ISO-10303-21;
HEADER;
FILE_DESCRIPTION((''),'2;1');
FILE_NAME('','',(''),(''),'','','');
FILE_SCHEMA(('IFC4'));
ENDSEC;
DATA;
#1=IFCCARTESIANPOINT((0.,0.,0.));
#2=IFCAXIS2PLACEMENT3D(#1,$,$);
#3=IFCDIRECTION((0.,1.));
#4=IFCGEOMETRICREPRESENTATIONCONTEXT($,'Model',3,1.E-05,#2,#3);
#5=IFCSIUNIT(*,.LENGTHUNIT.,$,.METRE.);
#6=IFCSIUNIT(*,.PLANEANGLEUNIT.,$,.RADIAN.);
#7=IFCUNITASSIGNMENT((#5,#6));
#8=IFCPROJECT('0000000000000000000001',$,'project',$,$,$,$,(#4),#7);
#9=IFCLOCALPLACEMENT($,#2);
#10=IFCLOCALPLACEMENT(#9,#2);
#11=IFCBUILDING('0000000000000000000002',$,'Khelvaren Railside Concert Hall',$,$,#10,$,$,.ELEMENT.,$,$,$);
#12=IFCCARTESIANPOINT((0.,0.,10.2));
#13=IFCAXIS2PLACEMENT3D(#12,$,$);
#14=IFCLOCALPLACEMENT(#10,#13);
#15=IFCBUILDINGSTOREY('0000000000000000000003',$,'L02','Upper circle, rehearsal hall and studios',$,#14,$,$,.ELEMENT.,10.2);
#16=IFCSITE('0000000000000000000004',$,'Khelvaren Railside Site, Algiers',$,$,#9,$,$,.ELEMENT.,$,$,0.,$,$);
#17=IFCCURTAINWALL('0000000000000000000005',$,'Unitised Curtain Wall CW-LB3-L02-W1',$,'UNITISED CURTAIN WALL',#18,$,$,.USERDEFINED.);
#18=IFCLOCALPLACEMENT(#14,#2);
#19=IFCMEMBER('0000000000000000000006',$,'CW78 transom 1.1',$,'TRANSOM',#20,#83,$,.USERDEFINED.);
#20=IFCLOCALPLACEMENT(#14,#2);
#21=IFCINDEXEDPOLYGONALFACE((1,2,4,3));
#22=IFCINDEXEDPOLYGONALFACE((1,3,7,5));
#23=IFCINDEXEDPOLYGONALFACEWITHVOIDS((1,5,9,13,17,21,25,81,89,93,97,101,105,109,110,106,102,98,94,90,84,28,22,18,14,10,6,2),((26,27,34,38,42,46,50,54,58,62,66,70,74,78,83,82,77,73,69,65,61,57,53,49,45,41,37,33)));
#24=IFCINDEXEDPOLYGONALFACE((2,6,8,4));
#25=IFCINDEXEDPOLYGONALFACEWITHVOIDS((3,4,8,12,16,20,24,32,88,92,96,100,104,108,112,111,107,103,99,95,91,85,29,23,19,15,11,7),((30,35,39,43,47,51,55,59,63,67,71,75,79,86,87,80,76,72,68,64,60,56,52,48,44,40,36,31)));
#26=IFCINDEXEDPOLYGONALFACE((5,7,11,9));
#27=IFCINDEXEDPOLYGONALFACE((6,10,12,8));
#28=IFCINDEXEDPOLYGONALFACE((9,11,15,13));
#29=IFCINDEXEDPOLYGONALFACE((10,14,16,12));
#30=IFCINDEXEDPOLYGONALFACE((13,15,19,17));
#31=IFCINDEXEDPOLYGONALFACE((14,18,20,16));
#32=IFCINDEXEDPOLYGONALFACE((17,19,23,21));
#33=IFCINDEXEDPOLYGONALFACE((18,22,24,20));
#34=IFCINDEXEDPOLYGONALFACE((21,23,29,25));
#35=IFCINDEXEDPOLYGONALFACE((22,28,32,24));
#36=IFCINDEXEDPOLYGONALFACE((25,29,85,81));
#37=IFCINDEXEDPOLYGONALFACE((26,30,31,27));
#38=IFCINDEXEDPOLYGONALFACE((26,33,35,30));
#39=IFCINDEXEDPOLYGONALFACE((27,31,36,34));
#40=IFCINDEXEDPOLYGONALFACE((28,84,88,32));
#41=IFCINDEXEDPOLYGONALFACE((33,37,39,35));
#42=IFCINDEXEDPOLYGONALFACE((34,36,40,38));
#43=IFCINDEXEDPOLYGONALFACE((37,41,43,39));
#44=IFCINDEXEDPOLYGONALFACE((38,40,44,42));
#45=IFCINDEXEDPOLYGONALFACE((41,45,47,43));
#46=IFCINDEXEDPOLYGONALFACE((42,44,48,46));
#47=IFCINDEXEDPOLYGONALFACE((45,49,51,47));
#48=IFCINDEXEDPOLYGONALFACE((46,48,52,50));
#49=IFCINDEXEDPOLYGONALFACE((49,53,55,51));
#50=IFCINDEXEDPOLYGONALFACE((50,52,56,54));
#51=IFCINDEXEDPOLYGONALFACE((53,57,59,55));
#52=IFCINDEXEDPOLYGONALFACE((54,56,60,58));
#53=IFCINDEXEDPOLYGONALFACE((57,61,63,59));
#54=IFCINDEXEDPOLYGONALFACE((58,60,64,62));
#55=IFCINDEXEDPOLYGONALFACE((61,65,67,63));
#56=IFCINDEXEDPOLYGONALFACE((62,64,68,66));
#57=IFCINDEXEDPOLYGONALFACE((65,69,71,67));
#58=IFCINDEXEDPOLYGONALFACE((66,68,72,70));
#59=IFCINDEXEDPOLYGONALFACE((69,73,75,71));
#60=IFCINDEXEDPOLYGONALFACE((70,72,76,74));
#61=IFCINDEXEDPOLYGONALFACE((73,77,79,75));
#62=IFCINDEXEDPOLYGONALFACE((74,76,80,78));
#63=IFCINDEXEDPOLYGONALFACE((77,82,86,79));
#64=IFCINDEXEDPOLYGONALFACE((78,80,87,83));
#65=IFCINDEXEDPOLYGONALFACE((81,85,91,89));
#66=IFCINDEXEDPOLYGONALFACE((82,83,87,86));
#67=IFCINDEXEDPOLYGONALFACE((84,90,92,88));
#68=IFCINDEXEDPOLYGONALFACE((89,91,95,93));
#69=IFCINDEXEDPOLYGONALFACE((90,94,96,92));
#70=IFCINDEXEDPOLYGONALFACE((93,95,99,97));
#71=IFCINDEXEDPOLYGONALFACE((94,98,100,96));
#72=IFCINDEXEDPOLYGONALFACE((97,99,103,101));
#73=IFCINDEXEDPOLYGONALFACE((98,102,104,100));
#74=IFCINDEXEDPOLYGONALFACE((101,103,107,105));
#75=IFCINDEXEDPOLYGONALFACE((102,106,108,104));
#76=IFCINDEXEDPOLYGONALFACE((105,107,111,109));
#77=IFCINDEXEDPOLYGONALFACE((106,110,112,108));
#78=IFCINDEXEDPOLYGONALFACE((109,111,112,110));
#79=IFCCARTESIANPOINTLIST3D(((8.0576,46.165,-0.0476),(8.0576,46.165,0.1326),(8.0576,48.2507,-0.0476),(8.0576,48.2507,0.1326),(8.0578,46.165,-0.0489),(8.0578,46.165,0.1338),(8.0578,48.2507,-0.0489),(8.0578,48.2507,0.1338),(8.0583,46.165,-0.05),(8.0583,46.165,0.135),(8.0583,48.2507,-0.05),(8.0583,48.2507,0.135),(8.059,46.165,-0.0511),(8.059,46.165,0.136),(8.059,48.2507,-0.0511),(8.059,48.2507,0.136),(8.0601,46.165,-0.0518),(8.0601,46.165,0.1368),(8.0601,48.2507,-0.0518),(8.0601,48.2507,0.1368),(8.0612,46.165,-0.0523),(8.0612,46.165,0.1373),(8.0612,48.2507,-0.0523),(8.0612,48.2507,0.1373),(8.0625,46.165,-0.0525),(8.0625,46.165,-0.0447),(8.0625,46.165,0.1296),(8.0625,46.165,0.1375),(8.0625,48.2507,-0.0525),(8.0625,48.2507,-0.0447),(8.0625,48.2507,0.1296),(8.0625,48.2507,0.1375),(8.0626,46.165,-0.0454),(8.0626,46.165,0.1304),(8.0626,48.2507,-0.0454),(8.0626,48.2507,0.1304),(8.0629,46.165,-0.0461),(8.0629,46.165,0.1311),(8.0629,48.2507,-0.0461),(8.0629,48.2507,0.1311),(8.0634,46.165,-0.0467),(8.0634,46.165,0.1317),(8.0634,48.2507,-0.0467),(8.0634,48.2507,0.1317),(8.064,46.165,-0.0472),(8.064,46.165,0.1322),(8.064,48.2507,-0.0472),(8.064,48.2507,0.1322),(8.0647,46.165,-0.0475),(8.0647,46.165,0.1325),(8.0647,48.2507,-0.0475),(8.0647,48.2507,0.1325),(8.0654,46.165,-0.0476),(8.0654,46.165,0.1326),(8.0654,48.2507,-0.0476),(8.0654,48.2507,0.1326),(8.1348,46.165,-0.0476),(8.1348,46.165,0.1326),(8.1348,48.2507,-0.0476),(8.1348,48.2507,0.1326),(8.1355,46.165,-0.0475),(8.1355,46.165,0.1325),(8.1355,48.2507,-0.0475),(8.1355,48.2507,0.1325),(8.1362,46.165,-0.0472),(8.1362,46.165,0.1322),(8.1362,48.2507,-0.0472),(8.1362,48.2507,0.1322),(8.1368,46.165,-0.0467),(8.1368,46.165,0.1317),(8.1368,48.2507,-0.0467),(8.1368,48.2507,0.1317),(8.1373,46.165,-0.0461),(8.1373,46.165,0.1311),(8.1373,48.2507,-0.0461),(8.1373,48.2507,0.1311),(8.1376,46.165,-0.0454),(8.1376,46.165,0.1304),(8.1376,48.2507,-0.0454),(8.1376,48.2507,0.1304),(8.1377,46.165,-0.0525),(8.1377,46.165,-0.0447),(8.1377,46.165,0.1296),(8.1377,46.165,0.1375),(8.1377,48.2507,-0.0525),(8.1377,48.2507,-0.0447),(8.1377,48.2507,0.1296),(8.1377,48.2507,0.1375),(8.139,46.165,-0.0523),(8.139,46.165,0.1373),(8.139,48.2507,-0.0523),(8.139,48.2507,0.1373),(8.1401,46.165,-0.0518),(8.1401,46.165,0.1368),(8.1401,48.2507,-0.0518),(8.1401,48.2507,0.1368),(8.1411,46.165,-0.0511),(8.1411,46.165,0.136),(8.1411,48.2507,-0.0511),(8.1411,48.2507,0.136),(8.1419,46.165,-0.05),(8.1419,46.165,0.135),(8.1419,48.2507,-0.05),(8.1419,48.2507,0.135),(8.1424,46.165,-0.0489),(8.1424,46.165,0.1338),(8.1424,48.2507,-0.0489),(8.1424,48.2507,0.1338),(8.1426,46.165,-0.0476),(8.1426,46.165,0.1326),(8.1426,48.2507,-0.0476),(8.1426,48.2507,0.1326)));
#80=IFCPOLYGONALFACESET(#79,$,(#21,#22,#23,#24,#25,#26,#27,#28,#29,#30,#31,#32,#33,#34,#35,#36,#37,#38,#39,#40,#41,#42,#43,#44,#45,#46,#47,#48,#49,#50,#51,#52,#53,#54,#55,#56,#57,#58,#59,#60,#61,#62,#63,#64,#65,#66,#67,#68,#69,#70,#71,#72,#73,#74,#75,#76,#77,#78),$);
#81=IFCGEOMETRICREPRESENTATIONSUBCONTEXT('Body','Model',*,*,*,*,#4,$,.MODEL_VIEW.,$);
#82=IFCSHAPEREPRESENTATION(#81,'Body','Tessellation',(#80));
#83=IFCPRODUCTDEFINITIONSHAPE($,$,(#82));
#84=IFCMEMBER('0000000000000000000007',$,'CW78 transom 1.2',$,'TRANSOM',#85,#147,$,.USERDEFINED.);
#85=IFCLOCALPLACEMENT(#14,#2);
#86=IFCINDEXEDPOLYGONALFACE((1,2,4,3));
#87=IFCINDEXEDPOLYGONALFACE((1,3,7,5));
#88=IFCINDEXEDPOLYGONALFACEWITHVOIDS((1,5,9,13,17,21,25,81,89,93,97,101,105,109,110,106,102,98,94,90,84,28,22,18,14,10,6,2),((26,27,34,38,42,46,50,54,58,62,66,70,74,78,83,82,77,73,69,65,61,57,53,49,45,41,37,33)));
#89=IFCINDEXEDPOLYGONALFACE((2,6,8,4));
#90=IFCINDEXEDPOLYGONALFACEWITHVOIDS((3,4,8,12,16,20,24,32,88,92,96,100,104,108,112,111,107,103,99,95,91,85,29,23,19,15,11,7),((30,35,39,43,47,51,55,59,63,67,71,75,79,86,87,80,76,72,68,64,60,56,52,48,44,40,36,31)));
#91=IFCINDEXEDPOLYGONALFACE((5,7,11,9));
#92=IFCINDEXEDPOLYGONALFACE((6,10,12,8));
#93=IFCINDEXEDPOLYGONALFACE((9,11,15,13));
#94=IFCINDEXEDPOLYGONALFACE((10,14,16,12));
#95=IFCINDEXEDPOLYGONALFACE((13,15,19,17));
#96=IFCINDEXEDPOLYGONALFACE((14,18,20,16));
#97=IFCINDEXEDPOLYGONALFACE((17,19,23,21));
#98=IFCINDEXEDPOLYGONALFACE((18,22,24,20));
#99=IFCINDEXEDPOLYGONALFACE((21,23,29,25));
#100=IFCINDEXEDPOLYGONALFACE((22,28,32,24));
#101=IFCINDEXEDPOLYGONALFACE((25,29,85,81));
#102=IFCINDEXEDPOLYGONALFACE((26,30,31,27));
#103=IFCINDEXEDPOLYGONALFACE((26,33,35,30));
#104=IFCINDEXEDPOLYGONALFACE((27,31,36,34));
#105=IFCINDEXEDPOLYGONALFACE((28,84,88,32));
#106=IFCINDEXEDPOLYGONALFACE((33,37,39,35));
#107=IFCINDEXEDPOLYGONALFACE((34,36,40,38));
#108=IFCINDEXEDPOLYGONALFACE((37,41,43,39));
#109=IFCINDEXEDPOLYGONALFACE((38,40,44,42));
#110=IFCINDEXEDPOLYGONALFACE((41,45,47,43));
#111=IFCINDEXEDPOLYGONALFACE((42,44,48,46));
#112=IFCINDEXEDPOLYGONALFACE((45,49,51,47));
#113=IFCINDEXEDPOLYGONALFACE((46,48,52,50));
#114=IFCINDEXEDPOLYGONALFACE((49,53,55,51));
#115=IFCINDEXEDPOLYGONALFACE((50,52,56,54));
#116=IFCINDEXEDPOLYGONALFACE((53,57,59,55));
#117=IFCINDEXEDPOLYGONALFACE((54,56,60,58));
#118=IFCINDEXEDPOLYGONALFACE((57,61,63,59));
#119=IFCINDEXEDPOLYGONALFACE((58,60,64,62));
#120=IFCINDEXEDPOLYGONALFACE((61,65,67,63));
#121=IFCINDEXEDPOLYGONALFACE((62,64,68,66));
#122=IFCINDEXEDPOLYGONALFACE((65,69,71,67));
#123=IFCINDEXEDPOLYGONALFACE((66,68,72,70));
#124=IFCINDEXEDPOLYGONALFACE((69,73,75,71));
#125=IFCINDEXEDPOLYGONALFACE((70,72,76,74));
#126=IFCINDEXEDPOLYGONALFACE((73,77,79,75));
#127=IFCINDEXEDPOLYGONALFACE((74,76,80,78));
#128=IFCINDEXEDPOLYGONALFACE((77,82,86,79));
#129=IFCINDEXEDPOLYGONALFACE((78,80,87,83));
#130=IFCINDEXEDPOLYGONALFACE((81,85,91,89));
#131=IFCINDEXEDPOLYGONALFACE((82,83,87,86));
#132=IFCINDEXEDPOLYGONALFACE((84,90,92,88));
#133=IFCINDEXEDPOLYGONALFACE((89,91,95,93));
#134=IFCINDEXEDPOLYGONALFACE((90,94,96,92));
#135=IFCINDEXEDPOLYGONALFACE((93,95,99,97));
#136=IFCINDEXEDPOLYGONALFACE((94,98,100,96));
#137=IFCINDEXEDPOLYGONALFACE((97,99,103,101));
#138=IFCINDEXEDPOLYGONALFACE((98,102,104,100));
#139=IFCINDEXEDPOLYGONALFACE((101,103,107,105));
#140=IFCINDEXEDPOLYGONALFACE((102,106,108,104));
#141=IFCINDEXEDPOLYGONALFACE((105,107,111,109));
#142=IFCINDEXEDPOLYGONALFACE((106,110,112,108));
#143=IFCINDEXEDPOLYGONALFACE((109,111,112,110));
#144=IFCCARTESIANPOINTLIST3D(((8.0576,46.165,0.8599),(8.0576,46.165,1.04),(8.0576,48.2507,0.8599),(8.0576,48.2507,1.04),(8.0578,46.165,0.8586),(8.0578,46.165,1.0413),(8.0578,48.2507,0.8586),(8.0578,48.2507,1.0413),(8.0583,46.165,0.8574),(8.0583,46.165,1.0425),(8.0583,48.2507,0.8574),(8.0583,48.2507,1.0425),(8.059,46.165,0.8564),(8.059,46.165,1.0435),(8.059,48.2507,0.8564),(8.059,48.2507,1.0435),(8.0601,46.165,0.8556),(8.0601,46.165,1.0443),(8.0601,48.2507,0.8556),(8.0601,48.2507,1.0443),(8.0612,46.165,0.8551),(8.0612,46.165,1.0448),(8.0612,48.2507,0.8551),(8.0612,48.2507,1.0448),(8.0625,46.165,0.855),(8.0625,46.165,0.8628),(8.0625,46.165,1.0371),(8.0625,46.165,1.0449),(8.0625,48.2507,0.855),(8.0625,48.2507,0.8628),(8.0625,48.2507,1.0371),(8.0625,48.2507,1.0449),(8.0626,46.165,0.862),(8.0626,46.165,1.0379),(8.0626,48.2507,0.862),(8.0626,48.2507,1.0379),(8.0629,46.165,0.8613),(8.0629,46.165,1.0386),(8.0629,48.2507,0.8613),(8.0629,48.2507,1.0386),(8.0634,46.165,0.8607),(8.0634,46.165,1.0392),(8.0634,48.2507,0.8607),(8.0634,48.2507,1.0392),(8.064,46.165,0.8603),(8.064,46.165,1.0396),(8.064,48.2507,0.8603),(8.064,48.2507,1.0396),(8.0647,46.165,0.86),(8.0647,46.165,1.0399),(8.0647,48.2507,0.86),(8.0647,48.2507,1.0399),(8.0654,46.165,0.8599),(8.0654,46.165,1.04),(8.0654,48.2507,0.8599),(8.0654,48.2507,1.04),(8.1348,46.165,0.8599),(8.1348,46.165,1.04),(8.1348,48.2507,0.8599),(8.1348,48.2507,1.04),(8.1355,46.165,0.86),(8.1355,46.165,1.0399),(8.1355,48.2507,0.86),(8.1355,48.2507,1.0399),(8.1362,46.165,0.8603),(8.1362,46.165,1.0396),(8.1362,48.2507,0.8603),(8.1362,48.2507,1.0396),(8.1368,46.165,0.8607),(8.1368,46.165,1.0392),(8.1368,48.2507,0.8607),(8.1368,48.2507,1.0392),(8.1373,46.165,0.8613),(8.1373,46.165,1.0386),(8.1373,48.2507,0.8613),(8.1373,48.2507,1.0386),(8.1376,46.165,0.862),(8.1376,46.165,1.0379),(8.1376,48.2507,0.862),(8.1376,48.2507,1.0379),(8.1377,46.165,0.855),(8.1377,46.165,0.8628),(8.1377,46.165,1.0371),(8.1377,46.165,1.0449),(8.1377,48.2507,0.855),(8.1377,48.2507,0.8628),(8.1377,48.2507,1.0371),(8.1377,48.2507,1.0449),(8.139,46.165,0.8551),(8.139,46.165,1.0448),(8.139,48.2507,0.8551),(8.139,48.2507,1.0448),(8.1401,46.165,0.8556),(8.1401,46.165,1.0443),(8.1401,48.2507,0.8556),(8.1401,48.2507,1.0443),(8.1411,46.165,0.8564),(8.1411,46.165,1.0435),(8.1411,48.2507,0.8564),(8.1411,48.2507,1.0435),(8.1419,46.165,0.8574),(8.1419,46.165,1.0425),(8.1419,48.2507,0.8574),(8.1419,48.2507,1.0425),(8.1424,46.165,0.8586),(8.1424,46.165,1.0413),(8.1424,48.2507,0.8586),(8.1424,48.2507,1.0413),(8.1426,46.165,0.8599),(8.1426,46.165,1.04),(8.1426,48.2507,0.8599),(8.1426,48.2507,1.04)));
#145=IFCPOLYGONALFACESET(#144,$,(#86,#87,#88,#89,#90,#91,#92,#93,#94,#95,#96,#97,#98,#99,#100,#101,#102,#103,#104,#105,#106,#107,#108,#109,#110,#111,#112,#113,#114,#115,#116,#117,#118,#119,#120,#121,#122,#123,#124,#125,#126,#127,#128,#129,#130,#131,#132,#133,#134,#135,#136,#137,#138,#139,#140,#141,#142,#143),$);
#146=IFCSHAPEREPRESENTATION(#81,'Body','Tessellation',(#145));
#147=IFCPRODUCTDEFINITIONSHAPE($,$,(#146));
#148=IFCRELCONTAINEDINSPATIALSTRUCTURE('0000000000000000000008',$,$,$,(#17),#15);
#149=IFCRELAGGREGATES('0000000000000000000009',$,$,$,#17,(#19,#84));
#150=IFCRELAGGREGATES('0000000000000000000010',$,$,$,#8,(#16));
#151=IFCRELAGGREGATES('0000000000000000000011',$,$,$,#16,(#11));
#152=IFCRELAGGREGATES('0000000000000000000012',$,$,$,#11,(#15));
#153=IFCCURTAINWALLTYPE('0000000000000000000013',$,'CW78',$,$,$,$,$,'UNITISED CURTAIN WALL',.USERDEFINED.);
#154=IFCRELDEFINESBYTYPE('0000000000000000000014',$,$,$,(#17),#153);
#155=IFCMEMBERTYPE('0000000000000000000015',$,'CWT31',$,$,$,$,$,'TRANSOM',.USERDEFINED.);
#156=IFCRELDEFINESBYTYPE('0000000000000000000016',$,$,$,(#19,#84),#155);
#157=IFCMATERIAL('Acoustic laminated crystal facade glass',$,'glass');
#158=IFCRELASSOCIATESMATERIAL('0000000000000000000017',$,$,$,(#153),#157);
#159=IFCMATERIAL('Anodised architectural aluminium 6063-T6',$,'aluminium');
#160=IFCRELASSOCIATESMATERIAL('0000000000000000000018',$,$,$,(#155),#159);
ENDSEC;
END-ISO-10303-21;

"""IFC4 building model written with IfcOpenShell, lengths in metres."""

from ifc_helpers import new_model, si_unit, direction, frame, origin, origin_2d, place, context, subcontext, project, spatial, hollow_rectangle, extrude, material, material_profile, profile_set, type_object, element, aggregate, save


model = new_model("IFC4")

# Units and contexts
model_context = context("Model", 3, precision=1e-05, world=origin(), true_north=direction((0.0, 1.0)))
body_context = subcontext(model_context, "Body", "Model", "MODEL_VIEW")
ifc_project = project(units=[si_unit("LENGTHUNIT", "METRE"), si_unit("PLANEANGLEUNIT", "RADIAN")], contexts=[model_context])

# Site, building, storey
site_placement = place(None, origin())
site = spatial("IfcSite", under=ifc_project, at=site_placement, Name="Khelvaren Railside Site, Algiers", CompositionType="ELEMENT", RefElevation=0.0)
building_placement = place(site_placement, origin())
building = spatial("IfcBuilding", under=site, at=building_placement, Name="Khelvaren Railside Concert Hall", CompositionType="ELEMENT")
storey_placement = place(building_placement, frame((0.0, 0.0, 10.2)))
storey = spatial("IfcBuildingStorey", under=building, at=storey_placement, Name="L02", Description="Upper circle, rehearsal hall and studios", CompositionType="ELEMENT", Elevation=10.2)

# Curtain wall, members
ifc_material_1 = material(Name="Acoustic laminated crystal facade glass", Category="glass")
curtain_wall_type = type_object("IfcCurtainWallType", Name="CW78", ElementType="UNITISED CURTAIN WALL", PredefinedType="USERDEFINED", material=ifc_material_1)
curtain_wall_placement = place(storey_placement, origin())
curtain_wall = element("IfcCurtainWall", 1, at=curtain_wall_placement, inside=storey, type_object=curtain_wall_type, Name="Unitised Curtain Wall CW-LB3-L02-W1", ObjectType="UNITISED CURTAIN WALL", PredefinedType="USERDEFINED")
ifc_material_2 = material(Name="Anodised architectural aluminium 6063-T6", Category="aluminium")
ifc_material_profile_1 = material_profile(ifc_material_2, hollow_rectangle(XDim=0.085, YDim=0.1899, WallThickness=0.0049, InnerFilletRadius=0.0029, OuterFilletRadius=0.0049, at=origin_2d()), Name="CWT 85x190x5")
ifc_profile_set_1 = profile_set([ifc_material_profile_1], Name="Anodised architectural aluminium 6063-T6")
member_type_1 = type_object("IfcMemberType", Name="CWT31", ElementType="TRANSOM", PredefinedType="USERDEFINED", material=ifc_profile_set_1)
member_1_placement = place(storey_placement, frame((8.1001, 46.165, 0.0425), z_axis=(0.0, 1.0, 0.0), x_axis=(-1.0, 0.0, 0.0)))
member_1 = element("IfcMember", 2, at=member_1_placement, type_object=member_type_1, Name="CW78 transom 1.1", ObjectType="TRANSOM", PredefinedType="USERDEFINED", context=body_context, shape_type="SweptSolid", body=[
    extrude(hollow_rectangle(XDim=0.085, YDim=0.1899, WallThickness=0.0049, InnerFilletRadius=0.0029, OuterFilletRadius=0.0049, at=origin_2d()), origin(), (0.0, 0.0, 1.0), 2.0857),
])
member_2_placement = place(storey_placement, frame((8.1001, 46.165, 0.95), z_axis=(0.0, 1.0, 0.0), x_axis=(-1.0, 0.0, 0.0)))
member_2 = element("IfcMember", 3, at=member_2_placement, type_object=member_type_1, Name="CW78 transom 1.2", ObjectType="TRANSOM", PredefinedType="USERDEFINED", context=body_context, shape_type="SweptSolid", body=[
    extrude(hollow_rectangle(XDim=0.085, YDim=0.1899, WallThickness=0.0049, InnerFilletRadius=0.0029, OuterFilletRadius=0.0049, at=origin_2d()), origin(), (0.0, 0.0, 1.0), 2.0857),
])

aggregate(curtain_wall, [member_1, member_2])

save(model, "model.ifc")
